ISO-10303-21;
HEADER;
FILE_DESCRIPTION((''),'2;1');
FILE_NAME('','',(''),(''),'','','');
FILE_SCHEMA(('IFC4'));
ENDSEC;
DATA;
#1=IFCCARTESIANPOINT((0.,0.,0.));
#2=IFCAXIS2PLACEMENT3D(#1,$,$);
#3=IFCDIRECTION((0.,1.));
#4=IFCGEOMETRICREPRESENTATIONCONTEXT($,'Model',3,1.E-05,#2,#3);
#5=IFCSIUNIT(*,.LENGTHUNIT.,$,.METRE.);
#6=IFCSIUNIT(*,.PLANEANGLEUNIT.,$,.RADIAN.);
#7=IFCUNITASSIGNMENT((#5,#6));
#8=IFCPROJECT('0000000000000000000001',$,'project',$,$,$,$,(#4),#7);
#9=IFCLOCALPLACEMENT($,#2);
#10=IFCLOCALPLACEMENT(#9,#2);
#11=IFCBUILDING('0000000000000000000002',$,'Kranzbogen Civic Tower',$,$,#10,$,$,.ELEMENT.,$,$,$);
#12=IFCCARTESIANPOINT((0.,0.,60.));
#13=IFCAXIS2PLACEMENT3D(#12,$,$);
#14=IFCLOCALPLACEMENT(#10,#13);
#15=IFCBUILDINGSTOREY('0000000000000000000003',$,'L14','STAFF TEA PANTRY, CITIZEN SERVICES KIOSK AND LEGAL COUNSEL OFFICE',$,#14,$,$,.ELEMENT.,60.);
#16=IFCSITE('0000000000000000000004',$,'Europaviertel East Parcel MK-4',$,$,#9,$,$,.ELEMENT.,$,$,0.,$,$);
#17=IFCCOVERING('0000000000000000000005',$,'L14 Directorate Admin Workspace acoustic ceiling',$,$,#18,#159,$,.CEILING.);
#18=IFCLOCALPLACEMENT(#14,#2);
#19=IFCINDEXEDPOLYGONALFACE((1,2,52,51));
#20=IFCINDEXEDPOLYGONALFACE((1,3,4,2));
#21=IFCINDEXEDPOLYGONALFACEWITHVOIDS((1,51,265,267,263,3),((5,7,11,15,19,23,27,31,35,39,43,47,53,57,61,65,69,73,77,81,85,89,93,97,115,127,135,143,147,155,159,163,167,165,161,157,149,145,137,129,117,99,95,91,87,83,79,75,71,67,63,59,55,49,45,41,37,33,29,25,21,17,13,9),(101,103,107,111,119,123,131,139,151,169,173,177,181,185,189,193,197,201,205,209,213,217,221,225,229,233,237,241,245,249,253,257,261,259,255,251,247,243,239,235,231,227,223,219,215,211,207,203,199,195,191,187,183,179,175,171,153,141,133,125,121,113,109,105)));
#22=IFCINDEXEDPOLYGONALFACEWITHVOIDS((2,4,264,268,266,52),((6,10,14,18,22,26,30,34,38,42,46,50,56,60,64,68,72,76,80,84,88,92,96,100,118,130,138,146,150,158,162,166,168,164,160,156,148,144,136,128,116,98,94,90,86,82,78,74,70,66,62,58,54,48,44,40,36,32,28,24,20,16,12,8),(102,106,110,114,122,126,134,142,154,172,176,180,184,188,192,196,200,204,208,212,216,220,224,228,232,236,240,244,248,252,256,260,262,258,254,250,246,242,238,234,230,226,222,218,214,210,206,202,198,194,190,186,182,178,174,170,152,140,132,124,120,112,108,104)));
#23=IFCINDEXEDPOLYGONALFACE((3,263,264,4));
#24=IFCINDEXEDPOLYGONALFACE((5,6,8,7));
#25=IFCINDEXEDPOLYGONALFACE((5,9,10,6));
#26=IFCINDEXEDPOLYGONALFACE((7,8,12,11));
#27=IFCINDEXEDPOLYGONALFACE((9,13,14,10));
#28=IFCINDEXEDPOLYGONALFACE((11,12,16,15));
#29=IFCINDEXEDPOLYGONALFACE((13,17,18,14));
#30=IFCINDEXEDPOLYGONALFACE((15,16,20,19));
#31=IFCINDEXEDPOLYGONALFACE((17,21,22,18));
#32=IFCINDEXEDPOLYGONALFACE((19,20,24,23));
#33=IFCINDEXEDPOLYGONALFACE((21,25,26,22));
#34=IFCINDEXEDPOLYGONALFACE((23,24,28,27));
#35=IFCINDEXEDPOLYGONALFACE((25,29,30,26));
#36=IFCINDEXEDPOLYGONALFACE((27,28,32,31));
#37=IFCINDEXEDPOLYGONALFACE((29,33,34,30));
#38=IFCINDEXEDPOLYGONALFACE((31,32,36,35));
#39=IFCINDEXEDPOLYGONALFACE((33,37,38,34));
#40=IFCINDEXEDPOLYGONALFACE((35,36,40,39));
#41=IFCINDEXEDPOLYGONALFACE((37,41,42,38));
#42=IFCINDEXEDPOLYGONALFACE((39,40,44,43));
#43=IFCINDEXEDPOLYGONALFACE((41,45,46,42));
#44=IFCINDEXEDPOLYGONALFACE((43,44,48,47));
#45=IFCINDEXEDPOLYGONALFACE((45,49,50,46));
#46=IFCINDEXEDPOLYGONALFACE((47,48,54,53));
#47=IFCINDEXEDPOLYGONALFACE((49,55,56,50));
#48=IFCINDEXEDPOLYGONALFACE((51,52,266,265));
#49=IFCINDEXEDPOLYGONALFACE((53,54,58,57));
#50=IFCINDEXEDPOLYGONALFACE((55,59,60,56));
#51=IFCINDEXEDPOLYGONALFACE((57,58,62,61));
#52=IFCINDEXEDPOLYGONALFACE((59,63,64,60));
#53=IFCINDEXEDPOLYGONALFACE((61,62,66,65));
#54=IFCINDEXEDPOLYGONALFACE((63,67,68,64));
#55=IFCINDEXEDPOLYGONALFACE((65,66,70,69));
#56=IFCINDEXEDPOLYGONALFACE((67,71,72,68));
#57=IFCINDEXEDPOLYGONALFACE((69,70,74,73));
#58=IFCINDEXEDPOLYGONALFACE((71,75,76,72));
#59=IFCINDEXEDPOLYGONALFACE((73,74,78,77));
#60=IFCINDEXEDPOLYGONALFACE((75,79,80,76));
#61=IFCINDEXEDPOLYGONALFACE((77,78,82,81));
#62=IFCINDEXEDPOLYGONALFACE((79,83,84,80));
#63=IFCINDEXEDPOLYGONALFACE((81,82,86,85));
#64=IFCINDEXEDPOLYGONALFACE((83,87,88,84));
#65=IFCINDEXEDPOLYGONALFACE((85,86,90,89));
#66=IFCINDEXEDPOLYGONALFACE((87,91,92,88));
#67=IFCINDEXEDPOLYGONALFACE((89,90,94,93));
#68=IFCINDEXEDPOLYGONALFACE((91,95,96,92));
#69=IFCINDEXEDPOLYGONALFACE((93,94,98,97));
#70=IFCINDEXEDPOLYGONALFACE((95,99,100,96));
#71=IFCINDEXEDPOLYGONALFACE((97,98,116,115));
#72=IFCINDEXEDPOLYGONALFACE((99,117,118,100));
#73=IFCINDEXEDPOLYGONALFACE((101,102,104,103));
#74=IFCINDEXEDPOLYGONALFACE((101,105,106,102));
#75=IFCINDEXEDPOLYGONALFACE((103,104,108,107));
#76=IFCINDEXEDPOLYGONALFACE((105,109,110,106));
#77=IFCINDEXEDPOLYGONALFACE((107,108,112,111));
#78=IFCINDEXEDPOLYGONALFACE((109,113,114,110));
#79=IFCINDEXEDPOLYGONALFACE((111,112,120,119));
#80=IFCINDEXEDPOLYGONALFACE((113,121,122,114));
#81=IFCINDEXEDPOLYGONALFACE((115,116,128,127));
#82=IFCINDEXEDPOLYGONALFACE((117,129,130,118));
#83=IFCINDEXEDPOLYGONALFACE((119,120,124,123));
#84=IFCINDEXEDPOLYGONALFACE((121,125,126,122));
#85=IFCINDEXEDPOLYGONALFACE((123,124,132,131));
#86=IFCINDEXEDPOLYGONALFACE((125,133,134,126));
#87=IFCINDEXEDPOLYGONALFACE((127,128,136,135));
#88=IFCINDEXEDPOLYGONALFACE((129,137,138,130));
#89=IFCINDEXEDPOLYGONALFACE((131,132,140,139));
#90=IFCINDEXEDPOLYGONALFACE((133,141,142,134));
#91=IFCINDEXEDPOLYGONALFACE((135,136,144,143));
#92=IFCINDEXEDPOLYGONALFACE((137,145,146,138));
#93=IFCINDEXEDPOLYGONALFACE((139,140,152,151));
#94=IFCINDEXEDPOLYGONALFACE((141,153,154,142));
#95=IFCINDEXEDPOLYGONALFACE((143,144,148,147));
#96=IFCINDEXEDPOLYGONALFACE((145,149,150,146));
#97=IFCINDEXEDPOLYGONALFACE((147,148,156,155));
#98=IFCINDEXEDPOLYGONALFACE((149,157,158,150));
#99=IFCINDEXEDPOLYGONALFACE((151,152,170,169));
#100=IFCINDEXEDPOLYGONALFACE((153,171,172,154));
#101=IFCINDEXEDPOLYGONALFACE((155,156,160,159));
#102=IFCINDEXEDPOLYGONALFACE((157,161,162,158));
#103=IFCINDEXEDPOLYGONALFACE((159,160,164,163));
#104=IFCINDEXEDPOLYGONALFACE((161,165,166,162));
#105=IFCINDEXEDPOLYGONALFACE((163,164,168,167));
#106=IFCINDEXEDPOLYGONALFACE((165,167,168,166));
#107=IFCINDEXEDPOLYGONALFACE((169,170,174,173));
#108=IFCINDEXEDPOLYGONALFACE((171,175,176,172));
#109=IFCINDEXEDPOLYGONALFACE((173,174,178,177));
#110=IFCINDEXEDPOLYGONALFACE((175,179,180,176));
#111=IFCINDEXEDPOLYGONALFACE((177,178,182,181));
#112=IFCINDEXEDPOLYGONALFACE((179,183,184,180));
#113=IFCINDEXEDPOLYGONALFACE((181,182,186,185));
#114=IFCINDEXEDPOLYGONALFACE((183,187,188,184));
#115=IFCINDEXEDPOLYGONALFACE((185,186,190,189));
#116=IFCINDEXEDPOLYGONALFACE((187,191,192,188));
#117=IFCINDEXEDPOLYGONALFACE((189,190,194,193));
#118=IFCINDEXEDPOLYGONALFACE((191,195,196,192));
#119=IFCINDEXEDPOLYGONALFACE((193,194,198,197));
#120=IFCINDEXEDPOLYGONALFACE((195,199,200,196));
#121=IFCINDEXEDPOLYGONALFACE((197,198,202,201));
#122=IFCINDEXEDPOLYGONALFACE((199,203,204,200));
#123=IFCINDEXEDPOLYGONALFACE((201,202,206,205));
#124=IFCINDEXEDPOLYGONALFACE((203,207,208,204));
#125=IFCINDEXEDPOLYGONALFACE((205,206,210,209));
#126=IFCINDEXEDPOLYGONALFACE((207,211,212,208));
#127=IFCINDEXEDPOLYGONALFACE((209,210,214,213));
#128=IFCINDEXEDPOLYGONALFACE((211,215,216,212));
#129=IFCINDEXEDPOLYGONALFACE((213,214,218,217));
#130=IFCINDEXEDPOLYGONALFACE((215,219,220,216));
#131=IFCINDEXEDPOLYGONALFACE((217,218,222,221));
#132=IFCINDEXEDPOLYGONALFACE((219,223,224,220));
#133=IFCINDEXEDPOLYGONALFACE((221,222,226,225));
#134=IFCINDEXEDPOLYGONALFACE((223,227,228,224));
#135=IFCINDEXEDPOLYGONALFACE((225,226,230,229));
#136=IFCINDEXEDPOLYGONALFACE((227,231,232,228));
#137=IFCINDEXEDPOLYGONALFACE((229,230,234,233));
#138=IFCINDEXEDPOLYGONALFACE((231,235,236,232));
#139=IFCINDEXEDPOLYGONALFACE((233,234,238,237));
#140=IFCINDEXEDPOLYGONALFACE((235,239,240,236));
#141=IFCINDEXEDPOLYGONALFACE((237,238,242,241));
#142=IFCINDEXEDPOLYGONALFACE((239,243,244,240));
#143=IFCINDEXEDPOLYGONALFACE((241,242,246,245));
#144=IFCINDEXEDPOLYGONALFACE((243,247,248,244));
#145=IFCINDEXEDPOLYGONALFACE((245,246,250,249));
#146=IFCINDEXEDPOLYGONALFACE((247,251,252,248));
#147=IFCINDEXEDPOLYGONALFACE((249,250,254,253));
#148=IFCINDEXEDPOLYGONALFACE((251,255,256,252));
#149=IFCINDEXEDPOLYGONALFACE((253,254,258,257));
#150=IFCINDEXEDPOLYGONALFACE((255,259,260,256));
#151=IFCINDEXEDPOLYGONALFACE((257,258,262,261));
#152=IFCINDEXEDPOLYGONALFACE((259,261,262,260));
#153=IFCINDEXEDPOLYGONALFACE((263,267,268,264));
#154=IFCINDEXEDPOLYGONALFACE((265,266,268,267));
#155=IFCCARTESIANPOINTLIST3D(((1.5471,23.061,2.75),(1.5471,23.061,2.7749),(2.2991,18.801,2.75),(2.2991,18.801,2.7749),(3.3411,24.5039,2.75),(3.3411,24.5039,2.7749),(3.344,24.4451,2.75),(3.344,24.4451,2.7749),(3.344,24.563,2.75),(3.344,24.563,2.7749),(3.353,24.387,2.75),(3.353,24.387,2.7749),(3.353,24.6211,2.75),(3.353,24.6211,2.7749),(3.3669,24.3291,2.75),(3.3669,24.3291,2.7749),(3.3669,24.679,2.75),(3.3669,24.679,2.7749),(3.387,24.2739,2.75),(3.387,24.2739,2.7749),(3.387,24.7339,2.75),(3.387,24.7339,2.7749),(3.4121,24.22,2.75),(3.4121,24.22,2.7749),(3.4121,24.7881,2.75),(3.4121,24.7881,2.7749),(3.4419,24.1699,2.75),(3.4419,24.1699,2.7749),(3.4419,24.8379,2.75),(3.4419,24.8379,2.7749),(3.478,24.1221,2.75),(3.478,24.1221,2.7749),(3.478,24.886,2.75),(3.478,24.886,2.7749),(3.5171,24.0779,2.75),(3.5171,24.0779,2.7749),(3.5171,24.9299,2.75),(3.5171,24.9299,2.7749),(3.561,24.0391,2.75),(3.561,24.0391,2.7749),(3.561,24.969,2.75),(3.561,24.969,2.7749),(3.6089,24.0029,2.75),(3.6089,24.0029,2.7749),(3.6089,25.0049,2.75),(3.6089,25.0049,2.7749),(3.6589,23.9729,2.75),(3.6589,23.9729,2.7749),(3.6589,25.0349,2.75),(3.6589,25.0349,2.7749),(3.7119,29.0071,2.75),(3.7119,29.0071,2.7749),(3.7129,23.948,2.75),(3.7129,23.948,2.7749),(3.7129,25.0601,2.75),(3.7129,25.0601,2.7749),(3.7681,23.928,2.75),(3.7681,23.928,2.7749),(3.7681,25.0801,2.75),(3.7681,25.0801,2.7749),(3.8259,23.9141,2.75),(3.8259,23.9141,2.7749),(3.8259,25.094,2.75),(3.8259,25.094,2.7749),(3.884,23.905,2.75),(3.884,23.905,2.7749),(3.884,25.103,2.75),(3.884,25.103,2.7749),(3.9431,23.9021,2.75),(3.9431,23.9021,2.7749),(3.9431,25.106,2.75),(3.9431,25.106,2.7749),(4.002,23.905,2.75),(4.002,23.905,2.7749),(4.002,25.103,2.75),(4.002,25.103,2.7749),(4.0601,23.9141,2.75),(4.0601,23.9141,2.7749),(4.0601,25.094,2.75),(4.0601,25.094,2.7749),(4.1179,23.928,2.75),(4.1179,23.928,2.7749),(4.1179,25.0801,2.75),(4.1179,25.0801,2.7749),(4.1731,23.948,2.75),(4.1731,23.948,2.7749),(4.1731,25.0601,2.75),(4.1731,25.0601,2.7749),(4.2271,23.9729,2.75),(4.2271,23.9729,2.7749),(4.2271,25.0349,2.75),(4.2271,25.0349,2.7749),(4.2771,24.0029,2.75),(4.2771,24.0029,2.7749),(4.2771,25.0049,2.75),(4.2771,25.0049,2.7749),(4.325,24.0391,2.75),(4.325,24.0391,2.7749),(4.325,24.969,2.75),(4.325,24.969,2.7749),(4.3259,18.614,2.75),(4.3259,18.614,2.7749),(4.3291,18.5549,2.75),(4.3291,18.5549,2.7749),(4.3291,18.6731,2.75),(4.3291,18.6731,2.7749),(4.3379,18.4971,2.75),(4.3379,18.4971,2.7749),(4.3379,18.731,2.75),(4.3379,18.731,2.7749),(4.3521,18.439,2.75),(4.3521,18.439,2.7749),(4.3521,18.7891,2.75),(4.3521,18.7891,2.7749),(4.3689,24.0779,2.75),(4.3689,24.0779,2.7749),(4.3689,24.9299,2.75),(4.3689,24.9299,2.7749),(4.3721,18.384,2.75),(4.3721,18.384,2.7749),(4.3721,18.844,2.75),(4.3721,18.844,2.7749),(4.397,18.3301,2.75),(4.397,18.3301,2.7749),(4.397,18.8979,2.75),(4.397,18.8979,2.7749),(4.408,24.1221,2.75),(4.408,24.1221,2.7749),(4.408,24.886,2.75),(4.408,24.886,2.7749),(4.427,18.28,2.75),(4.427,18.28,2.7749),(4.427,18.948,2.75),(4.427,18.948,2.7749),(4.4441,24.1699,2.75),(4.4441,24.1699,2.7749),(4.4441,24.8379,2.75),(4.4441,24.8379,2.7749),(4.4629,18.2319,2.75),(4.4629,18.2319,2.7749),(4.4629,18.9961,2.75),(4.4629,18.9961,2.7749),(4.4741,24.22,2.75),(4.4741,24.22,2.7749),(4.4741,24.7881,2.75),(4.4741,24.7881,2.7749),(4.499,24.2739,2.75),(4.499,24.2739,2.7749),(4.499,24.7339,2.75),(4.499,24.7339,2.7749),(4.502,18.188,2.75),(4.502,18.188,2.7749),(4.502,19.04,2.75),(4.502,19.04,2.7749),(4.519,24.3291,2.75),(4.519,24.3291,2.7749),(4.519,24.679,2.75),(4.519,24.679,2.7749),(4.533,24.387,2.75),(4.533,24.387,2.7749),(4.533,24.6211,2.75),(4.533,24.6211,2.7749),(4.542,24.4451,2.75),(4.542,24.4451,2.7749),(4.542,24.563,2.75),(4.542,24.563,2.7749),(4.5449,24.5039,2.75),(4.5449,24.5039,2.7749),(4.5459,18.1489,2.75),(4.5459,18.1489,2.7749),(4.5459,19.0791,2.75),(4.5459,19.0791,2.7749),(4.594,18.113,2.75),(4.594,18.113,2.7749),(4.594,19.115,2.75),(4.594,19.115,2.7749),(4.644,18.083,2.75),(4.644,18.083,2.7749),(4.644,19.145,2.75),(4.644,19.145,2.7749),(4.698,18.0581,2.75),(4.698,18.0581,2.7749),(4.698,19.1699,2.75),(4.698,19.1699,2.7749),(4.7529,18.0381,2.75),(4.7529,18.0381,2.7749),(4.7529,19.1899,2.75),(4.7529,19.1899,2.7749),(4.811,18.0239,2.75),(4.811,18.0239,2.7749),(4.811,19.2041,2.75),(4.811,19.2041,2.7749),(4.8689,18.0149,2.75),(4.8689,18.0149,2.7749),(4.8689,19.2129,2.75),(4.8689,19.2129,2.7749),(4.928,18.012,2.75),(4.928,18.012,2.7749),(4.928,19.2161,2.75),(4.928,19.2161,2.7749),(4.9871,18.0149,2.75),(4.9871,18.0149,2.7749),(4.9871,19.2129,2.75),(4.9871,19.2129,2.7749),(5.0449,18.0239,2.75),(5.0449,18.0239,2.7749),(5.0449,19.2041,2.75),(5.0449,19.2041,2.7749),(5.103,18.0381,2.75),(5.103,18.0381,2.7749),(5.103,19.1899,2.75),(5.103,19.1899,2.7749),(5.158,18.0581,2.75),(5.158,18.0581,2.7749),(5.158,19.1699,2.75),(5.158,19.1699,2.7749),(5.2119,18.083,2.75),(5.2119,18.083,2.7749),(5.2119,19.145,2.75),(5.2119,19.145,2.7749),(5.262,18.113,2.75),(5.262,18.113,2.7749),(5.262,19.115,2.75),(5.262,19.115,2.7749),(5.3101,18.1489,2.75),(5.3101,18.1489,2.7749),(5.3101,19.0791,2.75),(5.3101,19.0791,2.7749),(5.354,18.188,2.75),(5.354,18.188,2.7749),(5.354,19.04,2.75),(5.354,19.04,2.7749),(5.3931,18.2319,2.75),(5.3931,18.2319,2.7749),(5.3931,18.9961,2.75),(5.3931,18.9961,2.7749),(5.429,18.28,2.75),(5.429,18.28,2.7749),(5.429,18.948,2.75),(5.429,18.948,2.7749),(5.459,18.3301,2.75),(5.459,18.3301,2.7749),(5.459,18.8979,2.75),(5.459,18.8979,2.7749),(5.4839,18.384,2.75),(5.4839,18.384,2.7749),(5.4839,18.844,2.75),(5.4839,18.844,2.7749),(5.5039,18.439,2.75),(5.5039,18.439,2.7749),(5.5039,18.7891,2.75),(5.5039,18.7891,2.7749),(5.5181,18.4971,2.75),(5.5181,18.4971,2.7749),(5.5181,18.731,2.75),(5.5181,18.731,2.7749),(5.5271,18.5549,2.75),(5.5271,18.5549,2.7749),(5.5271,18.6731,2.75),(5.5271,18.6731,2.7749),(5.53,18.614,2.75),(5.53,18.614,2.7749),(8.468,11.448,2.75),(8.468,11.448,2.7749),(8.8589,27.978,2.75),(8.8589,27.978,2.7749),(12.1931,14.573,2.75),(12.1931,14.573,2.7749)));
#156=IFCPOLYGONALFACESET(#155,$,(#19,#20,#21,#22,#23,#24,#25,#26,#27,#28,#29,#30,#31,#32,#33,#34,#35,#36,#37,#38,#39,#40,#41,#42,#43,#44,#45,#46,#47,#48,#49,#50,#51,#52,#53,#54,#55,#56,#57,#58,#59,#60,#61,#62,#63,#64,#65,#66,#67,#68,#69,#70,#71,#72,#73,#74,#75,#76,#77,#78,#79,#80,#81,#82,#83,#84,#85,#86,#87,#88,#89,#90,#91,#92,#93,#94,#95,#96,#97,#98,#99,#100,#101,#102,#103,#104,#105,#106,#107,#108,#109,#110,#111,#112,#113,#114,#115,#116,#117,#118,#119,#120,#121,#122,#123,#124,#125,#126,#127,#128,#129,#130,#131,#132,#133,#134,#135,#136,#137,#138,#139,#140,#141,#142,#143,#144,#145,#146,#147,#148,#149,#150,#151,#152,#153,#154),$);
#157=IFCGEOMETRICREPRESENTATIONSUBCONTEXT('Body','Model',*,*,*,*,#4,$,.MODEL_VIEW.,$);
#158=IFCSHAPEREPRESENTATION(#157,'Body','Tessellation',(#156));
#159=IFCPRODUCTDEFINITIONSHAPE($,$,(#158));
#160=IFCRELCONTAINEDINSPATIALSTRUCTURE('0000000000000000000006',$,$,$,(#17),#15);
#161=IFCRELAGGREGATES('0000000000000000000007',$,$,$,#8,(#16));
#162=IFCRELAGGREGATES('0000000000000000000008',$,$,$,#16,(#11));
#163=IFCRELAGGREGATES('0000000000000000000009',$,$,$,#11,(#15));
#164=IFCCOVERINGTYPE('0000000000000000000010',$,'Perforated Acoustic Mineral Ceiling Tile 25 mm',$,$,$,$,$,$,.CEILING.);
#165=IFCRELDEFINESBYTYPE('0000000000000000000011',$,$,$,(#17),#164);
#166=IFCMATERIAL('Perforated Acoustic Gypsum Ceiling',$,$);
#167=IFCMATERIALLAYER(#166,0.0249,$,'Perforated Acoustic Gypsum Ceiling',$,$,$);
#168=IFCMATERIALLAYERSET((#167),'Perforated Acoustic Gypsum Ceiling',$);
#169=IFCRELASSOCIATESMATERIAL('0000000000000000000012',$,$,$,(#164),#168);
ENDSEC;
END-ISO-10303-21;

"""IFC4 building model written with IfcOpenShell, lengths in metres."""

from ifc_helpers import new_model, si_unit, direction, frame, origin, place, context, subcontext, project, spatial, polyline, outline, extrude, material, layer, layer_set, type_object, element, save


model = new_model("IFC4")

# Units and contexts
model_context = context("Model", 3, precision=1e-05, world=origin(), true_north=direction((0.0, 1.0)))
body_context = subcontext(model_context, "Body", "Model", "MODEL_VIEW")
ifc_project = project(units=[si_unit("LENGTHUNIT", "METRE"), si_unit("PLANEANGLEUNIT", "RADIAN")], contexts=[model_context])

# Site, building, storey
site_placement = place(None, origin())
site = spatial("IfcSite", under=ifc_project, at=site_placement, Name="Europaviertel East Parcel MK-4", CompositionType="ELEMENT", RefElevation=0.0)
building_placement = place(site_placement, origin())
building = spatial("IfcBuilding", under=site, at=building_placement, Name="Kranzbogen Civic Tower", CompositionType="ELEMENT")
storey_placement = place(building_placement, frame((0.0, 0.0, 60.0)))
storey = spatial("IfcBuildingStorey", under=building, at=storey_placement, Name="L14", Description="STAFF TEA PANTRY, CITIZEN SERVICES KIOSK AND LEGAL COUNSEL OFFICE", CompositionType="ELEMENT", Elevation=60.0)

# Covering
ifc_material_1 = material(Name="Perforated Acoustic Gypsum Ceiling")
ifc_layer_1 = layer(ifc_material_1, 0.0249, Name="Perforated Acoustic Gypsum Ceiling")
ifc_layer_set_1 = layer_set([ifc_layer_1], Name="Perforated Acoustic Gypsum Ceiling")
covering_type_1 = type_object("IfcCoveringType", Name="Perforated Acoustic Mineral Ceiling Tile 25 mm", PredefinedType="CEILING", material=ifc_layer_set_1)
covering_1_placement = place(storey_placement, frame((0.0, 0.0, 2.75)))
element("IfcCovering", 1, at=covering_1_placement, inside=storey, type_object=covering_type_1, Name="L14 Directorate Admin Workspace acoustic ceiling", PredefinedType="CEILING", context=body_context, shape_type="SweptSolid", body=[
    extrude(outline(polyline([(3.7119, 29.0071), (8.8589, 27.978), (12.1931, 14.573), (8.468, 11.448), (2.2991, 18.801), (1.5471, 23.061), (3.7119, 29.0071)]), holes=[polyline([(5.4839, 18.384), (5.459, 18.3301), (5.429, 18.28), (5.3931, 18.2319), (5.354, 18.188), (5.3101, 18.1489), (5.262, 18.113), (5.2119, 18.083), (5.158, 18.0581), (5.103, 18.0381), (5.0449, 18.0239), (4.9871, 18.0149), (4.928, 18.012), (4.8689, 18.0149), (4.811, 18.0239), (4.7529, 18.0381), (4.698, 18.0581), (4.644, 18.083), (4.594, 18.113), (4.5459, 18.1489), (4.502, 18.188), (4.4629, 18.2319), (4.427, 18.28), (4.397, 18.3301), (4.3721, 18.384), (4.3521, 18.439), (4.3379, 18.4971), (4.3291, 18.5549), (4.3259, 18.614), (4.3291, 18.6731), (4.3379, 18.731), (4.3521, 18.7891), (4.3721, 18.844), (4.397, 18.8979), (4.427, 18.948), (4.4629, 18.9961), (4.502, 19.04), (4.5459, 19.0791), (4.594, 19.115), (4.644, 19.145), (4.698, 19.1699), (4.7529, 19.1899), (4.811, 19.2041), (4.8689, 19.2129), (4.928, 19.2161), (4.9871, 19.2129), (5.0449, 19.2041), (5.103, 19.1899), (5.158, 19.1699), (5.2119, 19.145), (5.262, 19.115), (5.3101, 19.0791), (5.354, 19.04), (5.3931, 18.9961), (5.429, 18.948), (5.459, 18.8979), (5.4839, 18.844), (5.5039, 18.7891), (5.5181, 18.731), (5.5271, 18.6731), (5.53, 18.614), (5.5271, 18.5549), (5.5181, 18.4971), (5.5039, 18.439), (5.4839, 18.384)]), polyline([(4.499, 24.2739), (4.4741, 24.22), (4.4441, 24.1699), (4.408, 24.1221), (4.3689, 24.0779), (4.325, 24.0391), (4.2771, 24.0029), (4.2271, 23.9729), (4.1731, 23.948), (4.1179, 23.928), (4.0601, 23.9141), (4.002, 23.905), (3.9431, 23.9021), (3.884, 23.905), (3.8259, 23.9141), (3.7681, 23.928), (3.7129, 23.948), (3.6589, 23.9729), (3.6089, 24.0029), (3.561, 24.0391), (3.5171, 24.0779), (3.478, 24.1221), (3.4419, 24.1699), (3.4121, 24.22), (3.387, 24.2739), (3.3669, 24.3291), (3.353, 24.387), (3.344, 24.4451), (3.3411, 24.5039), (3.344, 24.563), (3.353, 24.6211), (3.3669, 24.679), (3.387, 24.7339), (3.4121, 24.7881), (3.4419, 24.8379), (3.478, 24.886), (3.5171, 24.9299), (3.561, 24.969), (3.6089, 25.0049), (3.6589, 25.0349), (3.7129, 25.0601), (3.7681, 25.0801), (3.8259, 25.094), (3.884, 25.103), (3.9431, 25.106), (4.002, 25.103), (4.0601, 25.094), (4.1179, 25.0801), (4.1731, 25.0601), (4.2271, 25.0349), (4.2771, 25.0049), (4.325, 24.969), (4.3689, 24.9299), (4.408, 24.886), (4.4441, 24.8379), (4.4741, 24.7881), (4.499, 24.7339), (4.519, 24.679), (4.533, 24.6211), (4.542, 24.563), (4.5449, 24.5039), (4.542, 24.4451), (4.533, 24.387), (4.519, 24.3291), (4.499, 24.2739)])]), origin(), (0.0, 0.0, 1.0), 0.0249),
])

save(model, "model.ifc")
